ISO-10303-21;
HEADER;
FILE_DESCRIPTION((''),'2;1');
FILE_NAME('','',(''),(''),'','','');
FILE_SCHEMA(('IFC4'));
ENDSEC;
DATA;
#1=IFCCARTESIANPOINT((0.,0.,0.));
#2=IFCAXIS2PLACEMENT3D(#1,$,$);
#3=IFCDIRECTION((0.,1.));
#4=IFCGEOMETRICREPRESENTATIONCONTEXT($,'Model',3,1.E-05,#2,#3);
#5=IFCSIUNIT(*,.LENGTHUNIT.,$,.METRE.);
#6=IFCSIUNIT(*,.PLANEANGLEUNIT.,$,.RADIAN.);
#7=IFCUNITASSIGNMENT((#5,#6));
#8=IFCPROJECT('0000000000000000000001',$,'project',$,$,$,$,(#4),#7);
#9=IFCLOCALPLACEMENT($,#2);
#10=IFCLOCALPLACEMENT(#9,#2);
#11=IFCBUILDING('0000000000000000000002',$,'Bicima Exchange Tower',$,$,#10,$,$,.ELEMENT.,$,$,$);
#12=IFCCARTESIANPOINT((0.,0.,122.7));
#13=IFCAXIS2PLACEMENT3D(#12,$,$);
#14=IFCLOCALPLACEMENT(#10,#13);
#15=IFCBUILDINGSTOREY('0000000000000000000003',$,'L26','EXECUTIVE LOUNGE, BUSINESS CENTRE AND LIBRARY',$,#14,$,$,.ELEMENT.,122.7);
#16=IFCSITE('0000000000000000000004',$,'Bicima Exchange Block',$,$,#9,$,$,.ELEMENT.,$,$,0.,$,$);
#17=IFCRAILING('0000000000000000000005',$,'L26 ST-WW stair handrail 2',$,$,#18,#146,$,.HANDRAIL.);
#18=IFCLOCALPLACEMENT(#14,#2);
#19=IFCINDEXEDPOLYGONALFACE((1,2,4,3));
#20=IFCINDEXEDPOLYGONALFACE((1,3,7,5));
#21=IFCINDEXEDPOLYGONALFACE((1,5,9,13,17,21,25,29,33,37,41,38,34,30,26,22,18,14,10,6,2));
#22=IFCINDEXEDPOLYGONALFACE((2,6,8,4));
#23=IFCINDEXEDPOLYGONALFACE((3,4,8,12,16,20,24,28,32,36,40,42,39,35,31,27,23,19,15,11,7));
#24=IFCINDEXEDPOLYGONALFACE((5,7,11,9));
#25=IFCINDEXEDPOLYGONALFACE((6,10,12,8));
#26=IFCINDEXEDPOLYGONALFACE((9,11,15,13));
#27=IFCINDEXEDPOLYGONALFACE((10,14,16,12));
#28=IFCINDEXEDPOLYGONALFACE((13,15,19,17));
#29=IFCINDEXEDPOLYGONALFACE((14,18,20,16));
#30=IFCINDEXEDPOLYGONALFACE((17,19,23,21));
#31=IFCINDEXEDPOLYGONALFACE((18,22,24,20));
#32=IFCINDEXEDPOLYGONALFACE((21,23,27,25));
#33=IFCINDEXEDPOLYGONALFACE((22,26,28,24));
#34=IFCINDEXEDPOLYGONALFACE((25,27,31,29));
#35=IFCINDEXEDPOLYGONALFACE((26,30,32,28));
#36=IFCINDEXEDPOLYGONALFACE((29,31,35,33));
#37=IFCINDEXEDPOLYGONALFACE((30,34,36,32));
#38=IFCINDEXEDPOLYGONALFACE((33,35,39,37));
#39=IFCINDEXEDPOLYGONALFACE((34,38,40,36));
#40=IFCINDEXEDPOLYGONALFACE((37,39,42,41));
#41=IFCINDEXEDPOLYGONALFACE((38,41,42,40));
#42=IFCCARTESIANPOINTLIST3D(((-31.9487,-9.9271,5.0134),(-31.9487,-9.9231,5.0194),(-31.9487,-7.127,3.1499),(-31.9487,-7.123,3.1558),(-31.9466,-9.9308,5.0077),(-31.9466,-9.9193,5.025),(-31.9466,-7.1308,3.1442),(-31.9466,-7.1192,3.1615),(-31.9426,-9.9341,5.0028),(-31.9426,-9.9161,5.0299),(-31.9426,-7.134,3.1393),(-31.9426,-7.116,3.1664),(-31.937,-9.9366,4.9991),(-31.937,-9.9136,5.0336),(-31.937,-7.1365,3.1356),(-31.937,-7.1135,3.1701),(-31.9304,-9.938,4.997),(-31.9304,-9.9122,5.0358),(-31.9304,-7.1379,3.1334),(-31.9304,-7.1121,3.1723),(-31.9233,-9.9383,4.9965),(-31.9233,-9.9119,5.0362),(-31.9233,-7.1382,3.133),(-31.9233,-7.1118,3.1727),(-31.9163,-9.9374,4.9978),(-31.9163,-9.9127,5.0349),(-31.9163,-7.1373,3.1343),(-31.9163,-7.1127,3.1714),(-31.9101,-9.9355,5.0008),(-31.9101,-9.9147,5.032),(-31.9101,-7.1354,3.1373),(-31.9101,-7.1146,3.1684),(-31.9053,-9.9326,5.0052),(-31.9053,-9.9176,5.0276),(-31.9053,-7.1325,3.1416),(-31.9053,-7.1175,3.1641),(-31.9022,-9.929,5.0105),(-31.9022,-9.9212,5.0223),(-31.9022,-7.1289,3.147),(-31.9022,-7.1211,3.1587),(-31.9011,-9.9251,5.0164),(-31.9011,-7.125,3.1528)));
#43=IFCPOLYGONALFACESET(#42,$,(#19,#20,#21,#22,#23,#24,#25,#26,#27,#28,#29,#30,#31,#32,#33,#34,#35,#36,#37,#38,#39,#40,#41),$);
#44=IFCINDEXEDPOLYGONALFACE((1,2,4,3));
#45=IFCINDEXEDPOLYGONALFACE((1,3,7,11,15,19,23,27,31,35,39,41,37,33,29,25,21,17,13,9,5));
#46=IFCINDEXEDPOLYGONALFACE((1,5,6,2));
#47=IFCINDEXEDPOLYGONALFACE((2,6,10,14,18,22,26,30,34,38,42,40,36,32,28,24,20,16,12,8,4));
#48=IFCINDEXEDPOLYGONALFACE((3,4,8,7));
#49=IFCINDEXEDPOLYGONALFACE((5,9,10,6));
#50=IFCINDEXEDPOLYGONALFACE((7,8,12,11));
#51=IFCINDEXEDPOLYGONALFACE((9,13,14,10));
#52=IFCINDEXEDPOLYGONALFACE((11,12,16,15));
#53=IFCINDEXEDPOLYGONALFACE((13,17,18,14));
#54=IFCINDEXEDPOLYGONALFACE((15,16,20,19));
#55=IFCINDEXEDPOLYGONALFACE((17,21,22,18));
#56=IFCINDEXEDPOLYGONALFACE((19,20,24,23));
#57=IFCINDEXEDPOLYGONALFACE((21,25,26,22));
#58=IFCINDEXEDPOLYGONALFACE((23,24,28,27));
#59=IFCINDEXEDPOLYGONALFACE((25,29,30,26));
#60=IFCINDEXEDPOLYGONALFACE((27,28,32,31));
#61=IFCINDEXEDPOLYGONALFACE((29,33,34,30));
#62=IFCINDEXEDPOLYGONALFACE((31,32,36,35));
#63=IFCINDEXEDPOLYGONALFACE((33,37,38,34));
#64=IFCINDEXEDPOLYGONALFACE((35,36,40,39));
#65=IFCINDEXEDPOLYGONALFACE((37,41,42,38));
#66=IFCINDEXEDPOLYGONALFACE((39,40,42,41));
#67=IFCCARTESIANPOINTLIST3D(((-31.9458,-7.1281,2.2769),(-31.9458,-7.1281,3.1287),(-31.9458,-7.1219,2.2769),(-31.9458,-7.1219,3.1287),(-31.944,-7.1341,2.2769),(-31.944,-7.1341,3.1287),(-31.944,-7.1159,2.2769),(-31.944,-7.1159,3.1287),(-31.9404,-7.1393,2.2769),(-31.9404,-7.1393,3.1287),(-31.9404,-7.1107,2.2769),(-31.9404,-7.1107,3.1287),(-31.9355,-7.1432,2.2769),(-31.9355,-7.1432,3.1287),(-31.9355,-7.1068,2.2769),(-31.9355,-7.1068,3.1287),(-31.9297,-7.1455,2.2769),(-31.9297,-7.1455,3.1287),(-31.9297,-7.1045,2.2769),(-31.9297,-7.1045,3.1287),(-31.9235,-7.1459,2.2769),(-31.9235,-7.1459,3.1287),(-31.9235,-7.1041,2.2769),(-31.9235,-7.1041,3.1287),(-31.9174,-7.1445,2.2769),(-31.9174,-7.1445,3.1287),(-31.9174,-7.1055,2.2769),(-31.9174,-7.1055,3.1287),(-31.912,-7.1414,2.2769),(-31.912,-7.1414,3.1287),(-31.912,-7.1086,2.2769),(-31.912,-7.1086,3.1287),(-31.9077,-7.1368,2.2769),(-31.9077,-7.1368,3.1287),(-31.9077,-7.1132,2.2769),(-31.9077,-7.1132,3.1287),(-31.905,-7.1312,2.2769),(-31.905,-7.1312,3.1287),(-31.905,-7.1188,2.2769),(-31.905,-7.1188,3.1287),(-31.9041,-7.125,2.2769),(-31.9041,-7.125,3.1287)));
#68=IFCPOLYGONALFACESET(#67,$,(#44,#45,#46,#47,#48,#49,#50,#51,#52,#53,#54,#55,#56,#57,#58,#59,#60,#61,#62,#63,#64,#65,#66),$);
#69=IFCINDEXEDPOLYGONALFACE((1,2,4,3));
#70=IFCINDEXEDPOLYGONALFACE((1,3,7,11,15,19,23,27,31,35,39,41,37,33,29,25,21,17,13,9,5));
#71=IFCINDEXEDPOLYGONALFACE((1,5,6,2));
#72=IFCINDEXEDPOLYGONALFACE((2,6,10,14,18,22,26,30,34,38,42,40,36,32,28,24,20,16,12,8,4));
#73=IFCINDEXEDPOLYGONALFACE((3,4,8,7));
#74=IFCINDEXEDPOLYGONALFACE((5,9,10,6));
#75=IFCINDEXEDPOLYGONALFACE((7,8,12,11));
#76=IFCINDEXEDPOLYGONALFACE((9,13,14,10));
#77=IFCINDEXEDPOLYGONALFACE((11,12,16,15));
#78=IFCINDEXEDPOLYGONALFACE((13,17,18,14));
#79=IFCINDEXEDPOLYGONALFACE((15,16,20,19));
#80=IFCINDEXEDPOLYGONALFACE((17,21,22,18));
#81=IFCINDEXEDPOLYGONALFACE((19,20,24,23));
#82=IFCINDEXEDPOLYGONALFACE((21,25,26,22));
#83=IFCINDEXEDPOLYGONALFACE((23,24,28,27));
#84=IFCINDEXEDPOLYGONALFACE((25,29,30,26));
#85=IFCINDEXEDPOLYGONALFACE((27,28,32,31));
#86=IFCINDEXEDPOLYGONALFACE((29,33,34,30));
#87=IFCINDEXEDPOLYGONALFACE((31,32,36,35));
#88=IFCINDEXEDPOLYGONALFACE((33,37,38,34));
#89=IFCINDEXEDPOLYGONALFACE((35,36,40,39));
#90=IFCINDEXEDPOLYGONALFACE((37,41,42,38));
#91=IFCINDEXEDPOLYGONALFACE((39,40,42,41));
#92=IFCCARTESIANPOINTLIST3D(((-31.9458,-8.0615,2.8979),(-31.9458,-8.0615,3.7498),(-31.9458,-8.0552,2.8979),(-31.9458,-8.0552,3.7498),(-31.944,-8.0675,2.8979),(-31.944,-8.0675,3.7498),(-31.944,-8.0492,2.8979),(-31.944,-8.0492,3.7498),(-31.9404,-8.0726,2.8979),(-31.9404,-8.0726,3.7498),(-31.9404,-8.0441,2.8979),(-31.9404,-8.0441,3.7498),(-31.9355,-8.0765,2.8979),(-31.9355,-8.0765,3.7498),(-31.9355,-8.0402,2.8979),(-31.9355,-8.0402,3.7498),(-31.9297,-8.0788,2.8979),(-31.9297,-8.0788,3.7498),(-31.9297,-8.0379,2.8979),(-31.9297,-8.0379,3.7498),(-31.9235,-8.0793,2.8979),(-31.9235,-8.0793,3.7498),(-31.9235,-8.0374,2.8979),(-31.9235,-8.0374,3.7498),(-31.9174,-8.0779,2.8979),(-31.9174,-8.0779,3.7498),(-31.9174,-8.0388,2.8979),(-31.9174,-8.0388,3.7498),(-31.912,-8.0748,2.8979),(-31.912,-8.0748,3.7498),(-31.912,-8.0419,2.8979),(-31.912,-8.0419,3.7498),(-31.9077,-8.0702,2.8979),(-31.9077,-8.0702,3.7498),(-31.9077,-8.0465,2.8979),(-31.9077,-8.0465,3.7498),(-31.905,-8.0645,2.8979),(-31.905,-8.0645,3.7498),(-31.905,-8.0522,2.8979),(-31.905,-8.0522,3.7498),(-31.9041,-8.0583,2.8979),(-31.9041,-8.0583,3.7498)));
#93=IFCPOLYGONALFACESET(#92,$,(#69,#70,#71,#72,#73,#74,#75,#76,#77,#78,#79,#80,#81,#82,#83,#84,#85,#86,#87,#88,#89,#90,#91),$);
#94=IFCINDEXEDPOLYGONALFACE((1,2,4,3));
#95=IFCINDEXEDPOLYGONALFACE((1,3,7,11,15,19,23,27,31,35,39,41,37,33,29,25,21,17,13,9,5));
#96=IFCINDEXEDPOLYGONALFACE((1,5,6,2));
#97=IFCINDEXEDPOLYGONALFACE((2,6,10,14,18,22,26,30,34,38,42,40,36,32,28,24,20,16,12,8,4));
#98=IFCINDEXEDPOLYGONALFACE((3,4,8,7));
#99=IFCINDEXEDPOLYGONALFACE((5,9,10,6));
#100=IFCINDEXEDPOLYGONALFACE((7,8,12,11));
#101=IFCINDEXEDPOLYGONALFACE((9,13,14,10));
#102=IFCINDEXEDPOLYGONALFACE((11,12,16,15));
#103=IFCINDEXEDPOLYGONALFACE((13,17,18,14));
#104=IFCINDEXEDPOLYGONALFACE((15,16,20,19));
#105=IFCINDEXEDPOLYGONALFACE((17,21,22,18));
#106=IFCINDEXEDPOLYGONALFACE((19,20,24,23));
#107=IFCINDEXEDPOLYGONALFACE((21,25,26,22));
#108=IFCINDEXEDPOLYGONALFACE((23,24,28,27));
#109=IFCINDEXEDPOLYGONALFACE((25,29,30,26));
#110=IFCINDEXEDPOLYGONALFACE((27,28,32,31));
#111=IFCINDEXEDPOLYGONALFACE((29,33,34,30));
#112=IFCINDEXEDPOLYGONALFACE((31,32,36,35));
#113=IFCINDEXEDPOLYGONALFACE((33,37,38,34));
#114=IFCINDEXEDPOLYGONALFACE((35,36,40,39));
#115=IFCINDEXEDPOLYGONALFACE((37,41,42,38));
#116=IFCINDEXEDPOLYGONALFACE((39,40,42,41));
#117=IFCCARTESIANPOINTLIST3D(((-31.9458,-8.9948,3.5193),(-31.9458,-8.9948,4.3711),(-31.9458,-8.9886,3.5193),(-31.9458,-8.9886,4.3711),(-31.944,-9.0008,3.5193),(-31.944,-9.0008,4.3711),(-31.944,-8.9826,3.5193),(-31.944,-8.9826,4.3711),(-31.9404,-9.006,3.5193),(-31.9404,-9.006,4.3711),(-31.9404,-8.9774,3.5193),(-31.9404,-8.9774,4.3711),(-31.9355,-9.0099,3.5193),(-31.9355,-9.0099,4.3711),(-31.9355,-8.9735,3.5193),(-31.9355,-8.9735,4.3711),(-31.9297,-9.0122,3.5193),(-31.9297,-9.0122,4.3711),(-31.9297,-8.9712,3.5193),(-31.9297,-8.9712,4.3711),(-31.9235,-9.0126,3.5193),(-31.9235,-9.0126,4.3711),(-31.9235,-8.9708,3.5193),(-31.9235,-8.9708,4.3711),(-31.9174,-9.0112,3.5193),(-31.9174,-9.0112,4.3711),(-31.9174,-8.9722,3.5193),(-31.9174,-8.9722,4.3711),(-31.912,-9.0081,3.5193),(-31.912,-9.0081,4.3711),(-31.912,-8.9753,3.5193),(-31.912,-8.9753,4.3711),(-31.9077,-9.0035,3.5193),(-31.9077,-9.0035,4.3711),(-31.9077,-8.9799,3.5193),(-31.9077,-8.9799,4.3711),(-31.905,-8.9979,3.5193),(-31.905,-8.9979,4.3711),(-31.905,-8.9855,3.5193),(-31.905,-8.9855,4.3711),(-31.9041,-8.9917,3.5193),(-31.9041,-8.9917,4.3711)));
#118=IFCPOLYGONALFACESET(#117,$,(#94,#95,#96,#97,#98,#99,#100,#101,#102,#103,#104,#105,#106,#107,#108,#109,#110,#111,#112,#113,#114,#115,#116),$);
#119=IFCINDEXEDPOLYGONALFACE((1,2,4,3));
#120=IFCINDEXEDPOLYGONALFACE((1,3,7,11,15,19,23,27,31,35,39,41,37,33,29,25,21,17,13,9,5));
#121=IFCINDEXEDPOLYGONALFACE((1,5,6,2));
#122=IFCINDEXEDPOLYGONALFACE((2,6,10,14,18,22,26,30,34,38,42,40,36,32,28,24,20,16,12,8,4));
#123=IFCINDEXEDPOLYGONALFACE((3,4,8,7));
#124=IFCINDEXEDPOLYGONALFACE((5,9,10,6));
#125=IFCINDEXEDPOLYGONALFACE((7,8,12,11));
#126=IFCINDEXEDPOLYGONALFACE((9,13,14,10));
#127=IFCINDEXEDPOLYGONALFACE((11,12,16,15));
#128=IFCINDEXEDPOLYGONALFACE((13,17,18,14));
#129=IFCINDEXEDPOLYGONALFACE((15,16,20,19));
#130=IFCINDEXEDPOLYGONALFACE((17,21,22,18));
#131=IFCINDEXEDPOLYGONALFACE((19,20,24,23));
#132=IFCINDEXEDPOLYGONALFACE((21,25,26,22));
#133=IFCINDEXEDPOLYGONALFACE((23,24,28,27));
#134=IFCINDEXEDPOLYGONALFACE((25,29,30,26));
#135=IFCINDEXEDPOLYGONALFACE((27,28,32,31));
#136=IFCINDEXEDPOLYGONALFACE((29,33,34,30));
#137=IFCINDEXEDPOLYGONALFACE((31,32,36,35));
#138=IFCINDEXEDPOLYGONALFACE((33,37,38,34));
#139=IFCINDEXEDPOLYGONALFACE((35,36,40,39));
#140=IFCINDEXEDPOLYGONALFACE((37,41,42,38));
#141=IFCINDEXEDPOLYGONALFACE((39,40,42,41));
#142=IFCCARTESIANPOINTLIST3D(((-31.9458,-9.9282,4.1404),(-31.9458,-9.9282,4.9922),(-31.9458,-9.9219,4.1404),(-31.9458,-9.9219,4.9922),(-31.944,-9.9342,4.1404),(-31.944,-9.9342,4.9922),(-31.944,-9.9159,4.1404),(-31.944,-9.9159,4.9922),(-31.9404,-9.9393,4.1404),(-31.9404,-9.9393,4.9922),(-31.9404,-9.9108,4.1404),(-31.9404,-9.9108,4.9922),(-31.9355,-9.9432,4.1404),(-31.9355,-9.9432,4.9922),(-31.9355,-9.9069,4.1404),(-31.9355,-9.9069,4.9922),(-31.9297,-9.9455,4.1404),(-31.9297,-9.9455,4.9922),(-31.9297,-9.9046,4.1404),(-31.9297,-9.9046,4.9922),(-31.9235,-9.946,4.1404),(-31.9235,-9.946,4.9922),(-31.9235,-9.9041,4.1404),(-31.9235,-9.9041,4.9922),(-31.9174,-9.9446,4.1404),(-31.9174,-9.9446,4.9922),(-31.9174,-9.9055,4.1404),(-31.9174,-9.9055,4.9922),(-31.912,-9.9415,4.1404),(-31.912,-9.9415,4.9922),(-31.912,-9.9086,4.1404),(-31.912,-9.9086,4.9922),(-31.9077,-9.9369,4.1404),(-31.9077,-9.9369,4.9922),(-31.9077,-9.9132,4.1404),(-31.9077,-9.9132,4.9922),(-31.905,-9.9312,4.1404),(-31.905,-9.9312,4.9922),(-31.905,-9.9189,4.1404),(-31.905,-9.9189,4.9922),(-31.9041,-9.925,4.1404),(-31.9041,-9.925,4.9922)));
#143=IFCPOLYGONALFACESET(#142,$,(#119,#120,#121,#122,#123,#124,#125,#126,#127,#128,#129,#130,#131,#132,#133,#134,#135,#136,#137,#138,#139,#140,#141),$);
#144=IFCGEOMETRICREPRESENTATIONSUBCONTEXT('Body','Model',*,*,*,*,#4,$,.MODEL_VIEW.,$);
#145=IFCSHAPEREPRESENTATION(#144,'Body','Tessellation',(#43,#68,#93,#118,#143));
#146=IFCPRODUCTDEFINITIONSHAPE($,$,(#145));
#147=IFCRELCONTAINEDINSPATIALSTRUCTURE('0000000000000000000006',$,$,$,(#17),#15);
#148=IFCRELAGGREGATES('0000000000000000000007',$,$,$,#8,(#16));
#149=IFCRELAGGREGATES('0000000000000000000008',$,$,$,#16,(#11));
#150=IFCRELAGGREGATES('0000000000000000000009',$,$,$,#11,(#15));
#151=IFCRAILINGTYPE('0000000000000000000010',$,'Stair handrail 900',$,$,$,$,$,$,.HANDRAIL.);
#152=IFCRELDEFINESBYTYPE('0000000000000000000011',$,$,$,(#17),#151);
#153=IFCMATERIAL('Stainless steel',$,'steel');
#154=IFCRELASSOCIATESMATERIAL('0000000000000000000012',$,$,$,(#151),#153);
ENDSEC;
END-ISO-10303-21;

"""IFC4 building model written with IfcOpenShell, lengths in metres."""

from ifc_helpers import new_model, si_unit, direction, frame, origin, origin_2d, place, context, subcontext, project, spatial, circle, extrude, material, type_object, element, save


model = new_model("IFC4")

# Units and contexts
model_context = context("Model", 3, precision=1e-05, world=origin(), true_north=direction((0.0, 1.0)))
body_context = subcontext(model_context, "Body", "Model", "MODEL_VIEW")
ifc_project = project(units=[si_unit("LENGTHUNIT", "METRE"), si_unit("PLANEANGLEUNIT", "RADIAN")], contexts=[model_context])

# Site, building, storey
site_placement = place(None, origin())
site = spatial("IfcSite", under=ifc_project, at=site_placement, Name="Bicima Exchange Block", CompositionType="ELEMENT", RefElevation=0.0)
building_placement = place(site_placement, origin())
building = spatial("IfcBuilding", under=site, at=building_placement, Name="Bicima Exchange Tower", CompositionType="ELEMENT")
storey_placement = place(building_placement, frame((0.0, 0.0, 122.7)))
storey = spatial("IfcBuildingStorey", under=building, at=storey_placement, Name="L26", Description="EXECUTIVE LOUNGE, BUSINESS CENTRE AND LIBRARY", CompositionType="ELEMENT", Elevation=122.7)

# Railing
ifc_material_1 = material(Name="Stainless steel", Category="steel")
railing_type = type_object("IfcRailingType", Name="Stair handrail 900", PredefinedType="HANDRAIL", material=ifc_material_1)
railing_placement = place(storey_placement, frame((-31.925, -7.125, 2.2769)))
element("IfcRailing", 1, at=railing_placement, inside=storey, type_object=railing_type, Name="L26 ST-WW stair handrail 2", PredefinedType="HANDRAIL", context=body_context, shape_type="SweptSolid", body=[
    extrude(circle(Radius=0.0239, at=origin_2d()), frame((0.0, 0.0, 0.876), z_axis=(0.0, -0.832486, 0.554047), x_axis=(1.0, 0.0, 0.0)), (0.0, 0.0, 1.0), 3.3635),
    extrude(circle(Radius=0.021, at=origin_2d()), origin(), (0.0, 0.0, 1.0), 0.8518),
    extrude(circle(Radius=0.021, at=origin_2d()), frame((0.0, -0.9333, 0.6211)), (0.0, 0.0, 1.0), 0.8518),
    extrude(circle(Radius=0.021, at=origin_2d()), frame((0.0, -1.8667, 1.2424)), (0.0, 0.0, 1.0), 0.8518),
    extrude(circle(Radius=0.021, at=origin_2d()), frame((0.0, -2.8, 1.8635)), (0.0, 0.0, 1.0), 0.8518),
])

save(model, "model.ifc")
